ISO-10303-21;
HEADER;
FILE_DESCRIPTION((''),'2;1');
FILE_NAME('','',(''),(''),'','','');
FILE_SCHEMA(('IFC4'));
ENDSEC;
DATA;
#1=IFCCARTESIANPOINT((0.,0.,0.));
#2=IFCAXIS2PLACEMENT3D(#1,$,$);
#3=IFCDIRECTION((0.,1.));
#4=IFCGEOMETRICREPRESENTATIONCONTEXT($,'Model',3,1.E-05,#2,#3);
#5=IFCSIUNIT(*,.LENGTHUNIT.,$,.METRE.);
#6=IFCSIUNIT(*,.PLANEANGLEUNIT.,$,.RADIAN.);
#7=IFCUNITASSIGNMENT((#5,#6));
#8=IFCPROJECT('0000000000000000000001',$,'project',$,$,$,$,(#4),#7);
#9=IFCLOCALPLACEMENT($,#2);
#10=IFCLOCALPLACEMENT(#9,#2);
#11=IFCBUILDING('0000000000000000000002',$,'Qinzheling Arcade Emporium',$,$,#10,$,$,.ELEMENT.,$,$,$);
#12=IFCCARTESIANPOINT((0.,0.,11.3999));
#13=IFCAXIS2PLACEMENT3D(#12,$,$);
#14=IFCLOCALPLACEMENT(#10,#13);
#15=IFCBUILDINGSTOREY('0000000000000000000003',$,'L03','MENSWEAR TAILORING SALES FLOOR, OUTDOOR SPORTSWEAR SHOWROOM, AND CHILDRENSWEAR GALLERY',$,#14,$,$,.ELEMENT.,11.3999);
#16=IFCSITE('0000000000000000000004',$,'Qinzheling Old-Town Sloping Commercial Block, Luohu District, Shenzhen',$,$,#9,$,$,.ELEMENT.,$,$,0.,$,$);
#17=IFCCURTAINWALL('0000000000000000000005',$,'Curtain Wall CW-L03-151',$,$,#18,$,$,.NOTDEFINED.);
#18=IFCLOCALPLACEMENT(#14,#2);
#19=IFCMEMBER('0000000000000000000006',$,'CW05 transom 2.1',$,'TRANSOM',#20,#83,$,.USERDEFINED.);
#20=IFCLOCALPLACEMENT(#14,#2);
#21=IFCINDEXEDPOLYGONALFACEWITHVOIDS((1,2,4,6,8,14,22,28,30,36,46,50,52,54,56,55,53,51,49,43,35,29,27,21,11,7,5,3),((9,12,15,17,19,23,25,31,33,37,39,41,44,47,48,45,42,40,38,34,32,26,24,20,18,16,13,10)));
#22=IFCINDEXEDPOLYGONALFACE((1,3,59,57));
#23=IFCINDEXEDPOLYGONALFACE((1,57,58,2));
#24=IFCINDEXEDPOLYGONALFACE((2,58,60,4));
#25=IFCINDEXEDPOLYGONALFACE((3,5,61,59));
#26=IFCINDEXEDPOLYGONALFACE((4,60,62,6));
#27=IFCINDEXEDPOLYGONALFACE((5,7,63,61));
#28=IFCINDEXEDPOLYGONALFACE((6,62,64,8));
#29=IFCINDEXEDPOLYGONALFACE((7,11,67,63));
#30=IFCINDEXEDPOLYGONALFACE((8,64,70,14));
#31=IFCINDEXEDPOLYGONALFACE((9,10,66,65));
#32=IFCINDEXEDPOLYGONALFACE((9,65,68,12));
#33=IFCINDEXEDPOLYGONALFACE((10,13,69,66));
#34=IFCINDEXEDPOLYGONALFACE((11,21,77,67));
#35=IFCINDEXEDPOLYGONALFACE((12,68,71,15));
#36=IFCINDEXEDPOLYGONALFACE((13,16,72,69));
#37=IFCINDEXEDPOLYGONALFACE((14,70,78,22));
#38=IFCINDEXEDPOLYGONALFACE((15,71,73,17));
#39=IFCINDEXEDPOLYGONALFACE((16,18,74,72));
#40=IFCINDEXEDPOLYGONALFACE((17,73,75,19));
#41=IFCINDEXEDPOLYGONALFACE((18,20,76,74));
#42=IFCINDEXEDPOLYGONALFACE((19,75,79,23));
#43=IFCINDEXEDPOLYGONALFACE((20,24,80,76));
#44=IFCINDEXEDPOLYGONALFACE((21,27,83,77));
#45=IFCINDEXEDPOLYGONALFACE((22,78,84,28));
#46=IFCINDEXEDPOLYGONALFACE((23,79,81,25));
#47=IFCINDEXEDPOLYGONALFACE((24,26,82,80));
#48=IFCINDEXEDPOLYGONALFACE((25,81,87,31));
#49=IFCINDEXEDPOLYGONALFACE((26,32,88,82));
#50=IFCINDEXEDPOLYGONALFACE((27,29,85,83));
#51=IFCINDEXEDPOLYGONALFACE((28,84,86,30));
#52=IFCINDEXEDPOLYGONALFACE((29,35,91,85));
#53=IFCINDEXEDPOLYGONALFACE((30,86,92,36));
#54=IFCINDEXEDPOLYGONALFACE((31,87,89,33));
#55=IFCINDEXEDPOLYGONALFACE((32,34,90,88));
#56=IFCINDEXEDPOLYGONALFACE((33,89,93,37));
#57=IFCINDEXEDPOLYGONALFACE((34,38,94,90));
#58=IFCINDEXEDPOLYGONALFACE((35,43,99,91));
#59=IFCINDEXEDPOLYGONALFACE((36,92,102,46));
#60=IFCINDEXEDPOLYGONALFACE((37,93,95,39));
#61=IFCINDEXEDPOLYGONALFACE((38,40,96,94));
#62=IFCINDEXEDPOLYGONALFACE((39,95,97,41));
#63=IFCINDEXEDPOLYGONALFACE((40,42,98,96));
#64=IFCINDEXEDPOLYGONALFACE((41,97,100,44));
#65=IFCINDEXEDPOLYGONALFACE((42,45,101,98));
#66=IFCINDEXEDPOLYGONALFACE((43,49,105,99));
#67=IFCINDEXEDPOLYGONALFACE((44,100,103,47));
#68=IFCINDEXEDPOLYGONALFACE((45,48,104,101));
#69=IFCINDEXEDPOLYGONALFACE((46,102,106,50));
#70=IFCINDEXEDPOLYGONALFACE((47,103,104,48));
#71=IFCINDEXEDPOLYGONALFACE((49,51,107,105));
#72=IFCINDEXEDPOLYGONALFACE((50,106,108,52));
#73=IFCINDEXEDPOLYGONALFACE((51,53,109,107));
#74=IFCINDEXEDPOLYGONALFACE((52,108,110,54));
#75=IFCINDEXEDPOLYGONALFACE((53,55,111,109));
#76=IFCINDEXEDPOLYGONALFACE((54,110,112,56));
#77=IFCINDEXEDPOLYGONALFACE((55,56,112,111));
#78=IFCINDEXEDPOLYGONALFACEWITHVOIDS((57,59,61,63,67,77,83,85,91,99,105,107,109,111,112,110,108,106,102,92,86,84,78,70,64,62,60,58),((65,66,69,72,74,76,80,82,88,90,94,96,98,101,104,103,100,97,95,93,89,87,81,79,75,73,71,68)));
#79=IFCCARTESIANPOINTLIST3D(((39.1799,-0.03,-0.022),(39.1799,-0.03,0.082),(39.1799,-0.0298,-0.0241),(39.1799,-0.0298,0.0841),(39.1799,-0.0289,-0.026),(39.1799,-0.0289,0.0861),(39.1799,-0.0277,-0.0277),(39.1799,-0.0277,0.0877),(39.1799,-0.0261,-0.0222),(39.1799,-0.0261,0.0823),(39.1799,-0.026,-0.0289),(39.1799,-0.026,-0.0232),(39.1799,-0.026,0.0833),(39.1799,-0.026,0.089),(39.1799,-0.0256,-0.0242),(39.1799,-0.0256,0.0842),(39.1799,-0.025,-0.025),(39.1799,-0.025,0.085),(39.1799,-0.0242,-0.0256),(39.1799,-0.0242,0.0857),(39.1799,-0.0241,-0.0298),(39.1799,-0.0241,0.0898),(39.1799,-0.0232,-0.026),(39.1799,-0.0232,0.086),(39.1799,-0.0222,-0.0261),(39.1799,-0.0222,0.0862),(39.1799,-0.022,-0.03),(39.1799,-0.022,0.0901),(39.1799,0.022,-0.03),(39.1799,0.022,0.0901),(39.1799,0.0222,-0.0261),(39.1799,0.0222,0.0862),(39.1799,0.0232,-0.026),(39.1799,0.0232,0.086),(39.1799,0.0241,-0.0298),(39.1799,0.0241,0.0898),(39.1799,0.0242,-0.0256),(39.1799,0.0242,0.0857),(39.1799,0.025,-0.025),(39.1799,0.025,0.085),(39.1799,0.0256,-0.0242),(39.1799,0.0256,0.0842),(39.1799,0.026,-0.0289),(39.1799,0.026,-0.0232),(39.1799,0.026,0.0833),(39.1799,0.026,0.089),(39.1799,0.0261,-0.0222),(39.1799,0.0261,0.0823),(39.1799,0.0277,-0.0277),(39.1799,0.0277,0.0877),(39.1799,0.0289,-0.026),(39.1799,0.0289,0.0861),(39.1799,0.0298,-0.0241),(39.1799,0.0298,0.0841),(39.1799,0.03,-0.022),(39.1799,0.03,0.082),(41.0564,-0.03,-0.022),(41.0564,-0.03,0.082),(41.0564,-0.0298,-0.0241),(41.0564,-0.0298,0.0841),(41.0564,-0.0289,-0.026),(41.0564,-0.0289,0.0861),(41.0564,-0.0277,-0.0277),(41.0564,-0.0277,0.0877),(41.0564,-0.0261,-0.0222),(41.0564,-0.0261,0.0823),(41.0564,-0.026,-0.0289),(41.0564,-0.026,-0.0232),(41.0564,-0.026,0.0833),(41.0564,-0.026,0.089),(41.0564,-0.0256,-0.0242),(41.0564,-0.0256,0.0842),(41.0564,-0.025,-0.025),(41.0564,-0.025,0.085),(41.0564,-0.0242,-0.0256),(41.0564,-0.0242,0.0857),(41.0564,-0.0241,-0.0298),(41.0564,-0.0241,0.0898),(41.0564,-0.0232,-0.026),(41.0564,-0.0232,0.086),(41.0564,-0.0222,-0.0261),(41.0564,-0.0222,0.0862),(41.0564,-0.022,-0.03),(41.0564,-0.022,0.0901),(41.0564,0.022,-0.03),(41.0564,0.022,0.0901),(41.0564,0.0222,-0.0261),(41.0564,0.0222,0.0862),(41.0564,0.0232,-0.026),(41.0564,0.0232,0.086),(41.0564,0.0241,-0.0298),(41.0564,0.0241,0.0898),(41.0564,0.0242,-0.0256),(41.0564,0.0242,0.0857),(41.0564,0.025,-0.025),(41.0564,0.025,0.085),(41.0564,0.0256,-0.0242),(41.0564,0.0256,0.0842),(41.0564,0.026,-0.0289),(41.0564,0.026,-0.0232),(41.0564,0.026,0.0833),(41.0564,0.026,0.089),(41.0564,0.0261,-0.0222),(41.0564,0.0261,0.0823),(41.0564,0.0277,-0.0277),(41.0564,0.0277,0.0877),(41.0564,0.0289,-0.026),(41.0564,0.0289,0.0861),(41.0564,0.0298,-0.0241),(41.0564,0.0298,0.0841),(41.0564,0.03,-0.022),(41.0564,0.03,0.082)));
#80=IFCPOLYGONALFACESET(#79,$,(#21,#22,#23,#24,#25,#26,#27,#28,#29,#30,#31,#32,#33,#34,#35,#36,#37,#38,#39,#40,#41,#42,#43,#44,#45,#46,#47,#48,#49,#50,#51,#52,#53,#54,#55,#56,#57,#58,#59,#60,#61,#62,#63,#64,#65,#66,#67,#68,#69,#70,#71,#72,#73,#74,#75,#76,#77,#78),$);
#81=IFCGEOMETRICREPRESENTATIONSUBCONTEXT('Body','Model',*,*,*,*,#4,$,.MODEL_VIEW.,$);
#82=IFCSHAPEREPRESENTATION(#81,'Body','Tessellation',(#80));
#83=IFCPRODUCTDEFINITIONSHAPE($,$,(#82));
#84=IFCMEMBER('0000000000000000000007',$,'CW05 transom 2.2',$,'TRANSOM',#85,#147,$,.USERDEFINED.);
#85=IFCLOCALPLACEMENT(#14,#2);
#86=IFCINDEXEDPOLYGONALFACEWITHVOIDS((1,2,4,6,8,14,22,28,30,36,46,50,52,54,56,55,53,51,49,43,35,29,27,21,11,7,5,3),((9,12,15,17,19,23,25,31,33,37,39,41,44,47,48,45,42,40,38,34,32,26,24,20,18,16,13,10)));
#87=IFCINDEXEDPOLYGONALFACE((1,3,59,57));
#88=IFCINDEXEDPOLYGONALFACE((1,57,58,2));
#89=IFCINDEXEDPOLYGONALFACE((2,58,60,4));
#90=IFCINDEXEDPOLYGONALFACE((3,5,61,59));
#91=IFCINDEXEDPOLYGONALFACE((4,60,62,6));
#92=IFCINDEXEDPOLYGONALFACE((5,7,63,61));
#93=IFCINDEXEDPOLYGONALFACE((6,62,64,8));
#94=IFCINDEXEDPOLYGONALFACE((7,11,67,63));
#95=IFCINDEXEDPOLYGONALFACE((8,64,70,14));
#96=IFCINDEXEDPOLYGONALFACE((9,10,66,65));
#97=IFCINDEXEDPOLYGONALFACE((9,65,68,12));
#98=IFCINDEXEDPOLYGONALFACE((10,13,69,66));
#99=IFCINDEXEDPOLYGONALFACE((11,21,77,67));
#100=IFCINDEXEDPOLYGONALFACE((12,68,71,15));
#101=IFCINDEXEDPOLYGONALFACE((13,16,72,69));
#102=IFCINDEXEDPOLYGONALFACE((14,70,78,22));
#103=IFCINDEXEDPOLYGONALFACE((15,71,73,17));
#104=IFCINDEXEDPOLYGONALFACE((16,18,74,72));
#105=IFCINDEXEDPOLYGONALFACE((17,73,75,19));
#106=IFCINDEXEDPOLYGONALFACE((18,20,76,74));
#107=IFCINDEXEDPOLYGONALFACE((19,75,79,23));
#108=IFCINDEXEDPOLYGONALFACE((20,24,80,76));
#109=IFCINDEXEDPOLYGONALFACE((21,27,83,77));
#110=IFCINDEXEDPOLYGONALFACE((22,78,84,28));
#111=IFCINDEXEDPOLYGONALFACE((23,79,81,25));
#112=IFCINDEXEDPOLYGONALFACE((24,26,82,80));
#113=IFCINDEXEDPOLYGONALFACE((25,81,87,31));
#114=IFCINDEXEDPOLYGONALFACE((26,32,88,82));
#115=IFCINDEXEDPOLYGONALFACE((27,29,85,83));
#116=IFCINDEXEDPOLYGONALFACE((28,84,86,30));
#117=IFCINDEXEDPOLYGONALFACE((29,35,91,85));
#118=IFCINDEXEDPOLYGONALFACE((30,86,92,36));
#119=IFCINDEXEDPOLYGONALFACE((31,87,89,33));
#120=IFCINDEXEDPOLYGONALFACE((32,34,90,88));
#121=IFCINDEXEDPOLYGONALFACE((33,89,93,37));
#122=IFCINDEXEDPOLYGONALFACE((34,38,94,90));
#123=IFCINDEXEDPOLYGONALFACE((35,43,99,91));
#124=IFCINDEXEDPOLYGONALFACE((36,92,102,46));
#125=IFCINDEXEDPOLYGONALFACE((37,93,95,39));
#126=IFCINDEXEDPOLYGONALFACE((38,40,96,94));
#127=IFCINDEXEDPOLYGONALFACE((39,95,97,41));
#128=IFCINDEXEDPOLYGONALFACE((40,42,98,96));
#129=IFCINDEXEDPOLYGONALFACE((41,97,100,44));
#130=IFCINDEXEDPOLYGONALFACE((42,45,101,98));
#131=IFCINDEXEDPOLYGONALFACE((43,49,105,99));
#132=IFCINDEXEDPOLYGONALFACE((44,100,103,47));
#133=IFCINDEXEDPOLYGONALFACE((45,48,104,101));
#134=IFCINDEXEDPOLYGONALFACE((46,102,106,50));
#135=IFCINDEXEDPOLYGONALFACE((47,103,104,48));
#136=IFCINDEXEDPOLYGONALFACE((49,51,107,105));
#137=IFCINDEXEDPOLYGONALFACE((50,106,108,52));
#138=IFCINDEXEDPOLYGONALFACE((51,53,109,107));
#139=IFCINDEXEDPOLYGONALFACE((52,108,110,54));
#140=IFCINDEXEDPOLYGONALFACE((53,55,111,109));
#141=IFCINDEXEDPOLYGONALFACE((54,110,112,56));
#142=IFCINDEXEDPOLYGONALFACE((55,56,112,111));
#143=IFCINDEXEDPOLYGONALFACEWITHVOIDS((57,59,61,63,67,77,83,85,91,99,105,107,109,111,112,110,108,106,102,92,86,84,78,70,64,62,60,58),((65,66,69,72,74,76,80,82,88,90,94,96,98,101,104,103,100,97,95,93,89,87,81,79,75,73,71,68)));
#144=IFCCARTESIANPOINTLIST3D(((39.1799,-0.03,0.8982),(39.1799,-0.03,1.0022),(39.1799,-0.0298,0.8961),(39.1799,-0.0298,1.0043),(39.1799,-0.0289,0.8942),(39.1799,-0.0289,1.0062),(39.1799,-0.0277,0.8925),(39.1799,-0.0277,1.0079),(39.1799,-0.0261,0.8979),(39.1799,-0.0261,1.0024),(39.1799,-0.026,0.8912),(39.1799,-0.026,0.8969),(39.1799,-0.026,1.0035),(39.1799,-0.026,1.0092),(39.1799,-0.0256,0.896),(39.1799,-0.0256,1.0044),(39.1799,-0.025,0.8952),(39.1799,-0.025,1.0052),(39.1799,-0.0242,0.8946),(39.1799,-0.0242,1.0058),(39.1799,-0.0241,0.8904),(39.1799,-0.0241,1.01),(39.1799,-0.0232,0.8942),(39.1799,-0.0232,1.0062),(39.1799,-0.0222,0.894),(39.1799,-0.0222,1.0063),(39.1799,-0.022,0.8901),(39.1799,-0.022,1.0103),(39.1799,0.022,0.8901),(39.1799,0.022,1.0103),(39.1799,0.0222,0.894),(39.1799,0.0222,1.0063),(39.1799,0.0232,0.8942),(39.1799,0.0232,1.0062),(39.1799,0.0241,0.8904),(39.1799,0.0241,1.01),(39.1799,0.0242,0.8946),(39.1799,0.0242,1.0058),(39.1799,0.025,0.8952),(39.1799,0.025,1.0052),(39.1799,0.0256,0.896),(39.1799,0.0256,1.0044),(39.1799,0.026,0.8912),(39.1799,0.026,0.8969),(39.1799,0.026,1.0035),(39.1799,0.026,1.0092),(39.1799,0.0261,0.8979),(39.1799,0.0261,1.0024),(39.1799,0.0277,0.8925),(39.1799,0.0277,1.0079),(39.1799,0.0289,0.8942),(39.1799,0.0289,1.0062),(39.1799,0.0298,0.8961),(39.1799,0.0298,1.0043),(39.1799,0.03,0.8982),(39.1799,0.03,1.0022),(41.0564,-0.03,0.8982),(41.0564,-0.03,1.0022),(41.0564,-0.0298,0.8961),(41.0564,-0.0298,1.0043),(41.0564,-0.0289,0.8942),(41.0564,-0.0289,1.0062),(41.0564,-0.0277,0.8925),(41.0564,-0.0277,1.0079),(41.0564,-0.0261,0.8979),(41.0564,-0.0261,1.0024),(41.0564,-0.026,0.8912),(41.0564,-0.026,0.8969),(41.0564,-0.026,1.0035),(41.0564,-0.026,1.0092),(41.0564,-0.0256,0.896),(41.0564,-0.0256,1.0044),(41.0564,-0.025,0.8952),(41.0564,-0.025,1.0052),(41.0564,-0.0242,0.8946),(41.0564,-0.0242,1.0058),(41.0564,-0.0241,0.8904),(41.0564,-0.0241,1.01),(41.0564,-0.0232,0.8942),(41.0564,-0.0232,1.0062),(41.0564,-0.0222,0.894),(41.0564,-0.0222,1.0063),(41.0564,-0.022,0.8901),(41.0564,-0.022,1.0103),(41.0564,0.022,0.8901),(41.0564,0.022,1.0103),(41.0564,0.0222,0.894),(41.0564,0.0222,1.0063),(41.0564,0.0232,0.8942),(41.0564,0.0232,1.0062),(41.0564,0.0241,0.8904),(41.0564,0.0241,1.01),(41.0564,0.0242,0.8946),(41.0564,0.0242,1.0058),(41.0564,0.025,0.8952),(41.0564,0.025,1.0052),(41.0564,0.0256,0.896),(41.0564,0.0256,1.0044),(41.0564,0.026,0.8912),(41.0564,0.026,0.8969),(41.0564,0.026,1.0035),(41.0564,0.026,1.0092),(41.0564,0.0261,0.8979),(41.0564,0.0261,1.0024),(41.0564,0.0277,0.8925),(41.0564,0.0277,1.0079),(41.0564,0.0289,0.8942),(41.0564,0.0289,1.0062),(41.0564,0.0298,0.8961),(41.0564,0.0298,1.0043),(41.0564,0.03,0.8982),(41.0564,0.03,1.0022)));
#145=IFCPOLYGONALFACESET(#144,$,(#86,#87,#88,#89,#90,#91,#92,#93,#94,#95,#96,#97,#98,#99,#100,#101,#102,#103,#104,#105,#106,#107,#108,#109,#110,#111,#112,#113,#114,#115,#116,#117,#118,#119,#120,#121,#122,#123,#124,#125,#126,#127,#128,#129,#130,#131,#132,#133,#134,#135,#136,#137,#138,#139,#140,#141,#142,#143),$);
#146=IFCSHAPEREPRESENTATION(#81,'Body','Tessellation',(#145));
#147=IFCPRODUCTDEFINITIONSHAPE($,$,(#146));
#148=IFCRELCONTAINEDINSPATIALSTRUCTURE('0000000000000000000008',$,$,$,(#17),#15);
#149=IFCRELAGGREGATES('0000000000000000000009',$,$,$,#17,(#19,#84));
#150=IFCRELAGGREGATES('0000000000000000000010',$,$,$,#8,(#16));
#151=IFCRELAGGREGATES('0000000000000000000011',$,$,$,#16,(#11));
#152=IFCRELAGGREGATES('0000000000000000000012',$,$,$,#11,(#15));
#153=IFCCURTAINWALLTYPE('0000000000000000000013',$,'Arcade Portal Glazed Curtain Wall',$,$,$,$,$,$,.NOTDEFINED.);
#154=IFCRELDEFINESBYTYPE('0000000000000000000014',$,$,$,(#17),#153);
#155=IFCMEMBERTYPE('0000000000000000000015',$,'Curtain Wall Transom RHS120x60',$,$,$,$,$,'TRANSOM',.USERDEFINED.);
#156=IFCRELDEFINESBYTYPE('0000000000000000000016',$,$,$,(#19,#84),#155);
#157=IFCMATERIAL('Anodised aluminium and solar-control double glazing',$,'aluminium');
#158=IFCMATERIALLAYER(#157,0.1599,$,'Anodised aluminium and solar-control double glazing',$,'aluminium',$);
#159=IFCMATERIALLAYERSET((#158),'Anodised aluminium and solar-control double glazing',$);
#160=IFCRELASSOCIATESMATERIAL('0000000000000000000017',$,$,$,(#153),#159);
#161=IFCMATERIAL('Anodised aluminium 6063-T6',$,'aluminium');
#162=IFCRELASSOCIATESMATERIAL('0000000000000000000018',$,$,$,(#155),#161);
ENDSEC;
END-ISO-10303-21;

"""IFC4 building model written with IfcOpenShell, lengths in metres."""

from ifc_helpers import new_model, si_unit, direction, frame, origin, origin_2d, place, context, subcontext, project, spatial, hollow_rectangle, extrude, material, layer, layer_set, material_profile, profile_set, type_object, element, aggregate, save


model = new_model("IFC4")

# Units and contexts
model_context = context("Model", 3, precision=1e-05, world=origin(), true_north=direction((0.0, 1.0)))
body_context = subcontext(model_context, "Body", "Model", "MODEL_VIEW")
ifc_project = project(units=[si_unit("LENGTHUNIT", "METRE"), si_unit("PLANEANGLEUNIT", "RADIAN")], contexts=[model_context])

# Site, building, storey
site_placement = place(None, origin())
site = spatial("IfcSite", under=ifc_project, at=site_placement, Name="Qinzheling Old-Town Sloping Commercial Block, Luohu District, Shenzhen", CompositionType="ELEMENT", RefElevation=0.0)
building_placement = place(site_placement, origin())
building = spatial("IfcBuilding", under=site, at=building_placement, Name="Qinzheling Arcade Emporium", CompositionType="ELEMENT")
storey_placement = place(building_placement, frame((0.0, 0.0, 11.3999)))
storey = spatial("IfcBuildingStorey", under=building, at=storey_placement, Name="L03", Description="MENSWEAR TAILORING SALES FLOOR, OUTDOOR SPORTSWEAR SHOWROOM, AND CHILDRENSWEAR GALLERY", CompositionType="ELEMENT", Elevation=11.3999)

# Shared definitions
ifc_material_1 = material(Name="Anodised aluminium and solar-control double glazing", Category="aluminium")
ifc_layer_1 = layer(ifc_material_1, 0.1599, Name="Anodised aluminium and solar-control double glazing", Category="aluminium")
ifc_layer_set_1 = layer_set([ifc_layer_1], Name="Anodised aluminium and solar-control double glazing")
curtain_wall_type = type_object("IfcCurtainWallType", Name="Arcade Portal Glazed Curtain Wall", PredefinedType="NOTDEFINED", material=ifc_layer_set_1)
ifc_material_2 = material(Name="Anodised aluminium 6063-T6", Category="aluminium")

# Curtain wall
curtain_wall_1_placement = place(storey_placement, origin())
curtain_wall_1 = element("IfcCurtainWall", 1, at=curtain_wall_1_placement, inside=storey, type_object=curtain_wall_type, Name="Curtain Wall CW-L03-151", PredefinedType="NOTDEFINED")

# Members
ifc_material_profile_1 = material_profile(ifc_material_2, hollow_rectangle(XDim=0.0601, YDim=0.1201, WallThickness=0.0039, InnerFilletRadius=0.0039, OuterFilletRadius=0.0081, at=origin_2d()), Name="RHS 120x60x4", Category="aluminium")
ifc_profile_set_1 = profile_set([ifc_material_profile_1], Name="Anodised aluminium 6063-T6")
member_type_1 = type_object("IfcMemberType", Name="Curtain Wall Transom RHS120x60", ElementType="TRANSOM", PredefinedType="USERDEFINED", material=ifc_profile_set_1)
member_1_placement = place(storey_placement, frame((41.0564, 0.0, 0.03), z_axis=(-1.0, 0.0, 0.0), x_axis=(0.0, -1.0, 0.0)))
member_1 = element("IfcMember", 2, at=member_1_placement, type_object=member_type_1, Name="CW05 transom 2.1", ObjectType="TRANSOM", PredefinedType="USERDEFINED", context=body_context, shape_type="SweptSolid", body=[
    extrude(hollow_rectangle(XDim=0.0601, YDim=0.1201, WallThickness=0.0039, InnerFilletRadius=0.0039, OuterFilletRadius=0.0081, at=origin_2d()), origin(), (0.0, 0.0, 1.0), 1.8765),
])
member_2_placement = place(storey_placement, frame((41.0564, 0.0, 0.9502), z_axis=(-1.0, 0.0, 0.0), x_axis=(0.0, -1.0, 0.0)))
member_2 = element("IfcMember", 3, at=member_2_placement, type_object=member_type_1, Name="CW05 transom 2.2", ObjectType="TRANSOM", PredefinedType="USERDEFINED", context=body_context, shape_type="SweptSolid", body=[
    extrude(hollow_rectangle(XDim=0.0601, YDim=0.1201, WallThickness=0.0039, InnerFilletRadius=0.0039, OuterFilletRadius=0.0081, at=origin_2d()), origin(), (0.0, 0.0, 1.0), 1.8765),
])

aggregate(curtain_wall_1, [member_1, member_2])

save(model, "model.ifc")
